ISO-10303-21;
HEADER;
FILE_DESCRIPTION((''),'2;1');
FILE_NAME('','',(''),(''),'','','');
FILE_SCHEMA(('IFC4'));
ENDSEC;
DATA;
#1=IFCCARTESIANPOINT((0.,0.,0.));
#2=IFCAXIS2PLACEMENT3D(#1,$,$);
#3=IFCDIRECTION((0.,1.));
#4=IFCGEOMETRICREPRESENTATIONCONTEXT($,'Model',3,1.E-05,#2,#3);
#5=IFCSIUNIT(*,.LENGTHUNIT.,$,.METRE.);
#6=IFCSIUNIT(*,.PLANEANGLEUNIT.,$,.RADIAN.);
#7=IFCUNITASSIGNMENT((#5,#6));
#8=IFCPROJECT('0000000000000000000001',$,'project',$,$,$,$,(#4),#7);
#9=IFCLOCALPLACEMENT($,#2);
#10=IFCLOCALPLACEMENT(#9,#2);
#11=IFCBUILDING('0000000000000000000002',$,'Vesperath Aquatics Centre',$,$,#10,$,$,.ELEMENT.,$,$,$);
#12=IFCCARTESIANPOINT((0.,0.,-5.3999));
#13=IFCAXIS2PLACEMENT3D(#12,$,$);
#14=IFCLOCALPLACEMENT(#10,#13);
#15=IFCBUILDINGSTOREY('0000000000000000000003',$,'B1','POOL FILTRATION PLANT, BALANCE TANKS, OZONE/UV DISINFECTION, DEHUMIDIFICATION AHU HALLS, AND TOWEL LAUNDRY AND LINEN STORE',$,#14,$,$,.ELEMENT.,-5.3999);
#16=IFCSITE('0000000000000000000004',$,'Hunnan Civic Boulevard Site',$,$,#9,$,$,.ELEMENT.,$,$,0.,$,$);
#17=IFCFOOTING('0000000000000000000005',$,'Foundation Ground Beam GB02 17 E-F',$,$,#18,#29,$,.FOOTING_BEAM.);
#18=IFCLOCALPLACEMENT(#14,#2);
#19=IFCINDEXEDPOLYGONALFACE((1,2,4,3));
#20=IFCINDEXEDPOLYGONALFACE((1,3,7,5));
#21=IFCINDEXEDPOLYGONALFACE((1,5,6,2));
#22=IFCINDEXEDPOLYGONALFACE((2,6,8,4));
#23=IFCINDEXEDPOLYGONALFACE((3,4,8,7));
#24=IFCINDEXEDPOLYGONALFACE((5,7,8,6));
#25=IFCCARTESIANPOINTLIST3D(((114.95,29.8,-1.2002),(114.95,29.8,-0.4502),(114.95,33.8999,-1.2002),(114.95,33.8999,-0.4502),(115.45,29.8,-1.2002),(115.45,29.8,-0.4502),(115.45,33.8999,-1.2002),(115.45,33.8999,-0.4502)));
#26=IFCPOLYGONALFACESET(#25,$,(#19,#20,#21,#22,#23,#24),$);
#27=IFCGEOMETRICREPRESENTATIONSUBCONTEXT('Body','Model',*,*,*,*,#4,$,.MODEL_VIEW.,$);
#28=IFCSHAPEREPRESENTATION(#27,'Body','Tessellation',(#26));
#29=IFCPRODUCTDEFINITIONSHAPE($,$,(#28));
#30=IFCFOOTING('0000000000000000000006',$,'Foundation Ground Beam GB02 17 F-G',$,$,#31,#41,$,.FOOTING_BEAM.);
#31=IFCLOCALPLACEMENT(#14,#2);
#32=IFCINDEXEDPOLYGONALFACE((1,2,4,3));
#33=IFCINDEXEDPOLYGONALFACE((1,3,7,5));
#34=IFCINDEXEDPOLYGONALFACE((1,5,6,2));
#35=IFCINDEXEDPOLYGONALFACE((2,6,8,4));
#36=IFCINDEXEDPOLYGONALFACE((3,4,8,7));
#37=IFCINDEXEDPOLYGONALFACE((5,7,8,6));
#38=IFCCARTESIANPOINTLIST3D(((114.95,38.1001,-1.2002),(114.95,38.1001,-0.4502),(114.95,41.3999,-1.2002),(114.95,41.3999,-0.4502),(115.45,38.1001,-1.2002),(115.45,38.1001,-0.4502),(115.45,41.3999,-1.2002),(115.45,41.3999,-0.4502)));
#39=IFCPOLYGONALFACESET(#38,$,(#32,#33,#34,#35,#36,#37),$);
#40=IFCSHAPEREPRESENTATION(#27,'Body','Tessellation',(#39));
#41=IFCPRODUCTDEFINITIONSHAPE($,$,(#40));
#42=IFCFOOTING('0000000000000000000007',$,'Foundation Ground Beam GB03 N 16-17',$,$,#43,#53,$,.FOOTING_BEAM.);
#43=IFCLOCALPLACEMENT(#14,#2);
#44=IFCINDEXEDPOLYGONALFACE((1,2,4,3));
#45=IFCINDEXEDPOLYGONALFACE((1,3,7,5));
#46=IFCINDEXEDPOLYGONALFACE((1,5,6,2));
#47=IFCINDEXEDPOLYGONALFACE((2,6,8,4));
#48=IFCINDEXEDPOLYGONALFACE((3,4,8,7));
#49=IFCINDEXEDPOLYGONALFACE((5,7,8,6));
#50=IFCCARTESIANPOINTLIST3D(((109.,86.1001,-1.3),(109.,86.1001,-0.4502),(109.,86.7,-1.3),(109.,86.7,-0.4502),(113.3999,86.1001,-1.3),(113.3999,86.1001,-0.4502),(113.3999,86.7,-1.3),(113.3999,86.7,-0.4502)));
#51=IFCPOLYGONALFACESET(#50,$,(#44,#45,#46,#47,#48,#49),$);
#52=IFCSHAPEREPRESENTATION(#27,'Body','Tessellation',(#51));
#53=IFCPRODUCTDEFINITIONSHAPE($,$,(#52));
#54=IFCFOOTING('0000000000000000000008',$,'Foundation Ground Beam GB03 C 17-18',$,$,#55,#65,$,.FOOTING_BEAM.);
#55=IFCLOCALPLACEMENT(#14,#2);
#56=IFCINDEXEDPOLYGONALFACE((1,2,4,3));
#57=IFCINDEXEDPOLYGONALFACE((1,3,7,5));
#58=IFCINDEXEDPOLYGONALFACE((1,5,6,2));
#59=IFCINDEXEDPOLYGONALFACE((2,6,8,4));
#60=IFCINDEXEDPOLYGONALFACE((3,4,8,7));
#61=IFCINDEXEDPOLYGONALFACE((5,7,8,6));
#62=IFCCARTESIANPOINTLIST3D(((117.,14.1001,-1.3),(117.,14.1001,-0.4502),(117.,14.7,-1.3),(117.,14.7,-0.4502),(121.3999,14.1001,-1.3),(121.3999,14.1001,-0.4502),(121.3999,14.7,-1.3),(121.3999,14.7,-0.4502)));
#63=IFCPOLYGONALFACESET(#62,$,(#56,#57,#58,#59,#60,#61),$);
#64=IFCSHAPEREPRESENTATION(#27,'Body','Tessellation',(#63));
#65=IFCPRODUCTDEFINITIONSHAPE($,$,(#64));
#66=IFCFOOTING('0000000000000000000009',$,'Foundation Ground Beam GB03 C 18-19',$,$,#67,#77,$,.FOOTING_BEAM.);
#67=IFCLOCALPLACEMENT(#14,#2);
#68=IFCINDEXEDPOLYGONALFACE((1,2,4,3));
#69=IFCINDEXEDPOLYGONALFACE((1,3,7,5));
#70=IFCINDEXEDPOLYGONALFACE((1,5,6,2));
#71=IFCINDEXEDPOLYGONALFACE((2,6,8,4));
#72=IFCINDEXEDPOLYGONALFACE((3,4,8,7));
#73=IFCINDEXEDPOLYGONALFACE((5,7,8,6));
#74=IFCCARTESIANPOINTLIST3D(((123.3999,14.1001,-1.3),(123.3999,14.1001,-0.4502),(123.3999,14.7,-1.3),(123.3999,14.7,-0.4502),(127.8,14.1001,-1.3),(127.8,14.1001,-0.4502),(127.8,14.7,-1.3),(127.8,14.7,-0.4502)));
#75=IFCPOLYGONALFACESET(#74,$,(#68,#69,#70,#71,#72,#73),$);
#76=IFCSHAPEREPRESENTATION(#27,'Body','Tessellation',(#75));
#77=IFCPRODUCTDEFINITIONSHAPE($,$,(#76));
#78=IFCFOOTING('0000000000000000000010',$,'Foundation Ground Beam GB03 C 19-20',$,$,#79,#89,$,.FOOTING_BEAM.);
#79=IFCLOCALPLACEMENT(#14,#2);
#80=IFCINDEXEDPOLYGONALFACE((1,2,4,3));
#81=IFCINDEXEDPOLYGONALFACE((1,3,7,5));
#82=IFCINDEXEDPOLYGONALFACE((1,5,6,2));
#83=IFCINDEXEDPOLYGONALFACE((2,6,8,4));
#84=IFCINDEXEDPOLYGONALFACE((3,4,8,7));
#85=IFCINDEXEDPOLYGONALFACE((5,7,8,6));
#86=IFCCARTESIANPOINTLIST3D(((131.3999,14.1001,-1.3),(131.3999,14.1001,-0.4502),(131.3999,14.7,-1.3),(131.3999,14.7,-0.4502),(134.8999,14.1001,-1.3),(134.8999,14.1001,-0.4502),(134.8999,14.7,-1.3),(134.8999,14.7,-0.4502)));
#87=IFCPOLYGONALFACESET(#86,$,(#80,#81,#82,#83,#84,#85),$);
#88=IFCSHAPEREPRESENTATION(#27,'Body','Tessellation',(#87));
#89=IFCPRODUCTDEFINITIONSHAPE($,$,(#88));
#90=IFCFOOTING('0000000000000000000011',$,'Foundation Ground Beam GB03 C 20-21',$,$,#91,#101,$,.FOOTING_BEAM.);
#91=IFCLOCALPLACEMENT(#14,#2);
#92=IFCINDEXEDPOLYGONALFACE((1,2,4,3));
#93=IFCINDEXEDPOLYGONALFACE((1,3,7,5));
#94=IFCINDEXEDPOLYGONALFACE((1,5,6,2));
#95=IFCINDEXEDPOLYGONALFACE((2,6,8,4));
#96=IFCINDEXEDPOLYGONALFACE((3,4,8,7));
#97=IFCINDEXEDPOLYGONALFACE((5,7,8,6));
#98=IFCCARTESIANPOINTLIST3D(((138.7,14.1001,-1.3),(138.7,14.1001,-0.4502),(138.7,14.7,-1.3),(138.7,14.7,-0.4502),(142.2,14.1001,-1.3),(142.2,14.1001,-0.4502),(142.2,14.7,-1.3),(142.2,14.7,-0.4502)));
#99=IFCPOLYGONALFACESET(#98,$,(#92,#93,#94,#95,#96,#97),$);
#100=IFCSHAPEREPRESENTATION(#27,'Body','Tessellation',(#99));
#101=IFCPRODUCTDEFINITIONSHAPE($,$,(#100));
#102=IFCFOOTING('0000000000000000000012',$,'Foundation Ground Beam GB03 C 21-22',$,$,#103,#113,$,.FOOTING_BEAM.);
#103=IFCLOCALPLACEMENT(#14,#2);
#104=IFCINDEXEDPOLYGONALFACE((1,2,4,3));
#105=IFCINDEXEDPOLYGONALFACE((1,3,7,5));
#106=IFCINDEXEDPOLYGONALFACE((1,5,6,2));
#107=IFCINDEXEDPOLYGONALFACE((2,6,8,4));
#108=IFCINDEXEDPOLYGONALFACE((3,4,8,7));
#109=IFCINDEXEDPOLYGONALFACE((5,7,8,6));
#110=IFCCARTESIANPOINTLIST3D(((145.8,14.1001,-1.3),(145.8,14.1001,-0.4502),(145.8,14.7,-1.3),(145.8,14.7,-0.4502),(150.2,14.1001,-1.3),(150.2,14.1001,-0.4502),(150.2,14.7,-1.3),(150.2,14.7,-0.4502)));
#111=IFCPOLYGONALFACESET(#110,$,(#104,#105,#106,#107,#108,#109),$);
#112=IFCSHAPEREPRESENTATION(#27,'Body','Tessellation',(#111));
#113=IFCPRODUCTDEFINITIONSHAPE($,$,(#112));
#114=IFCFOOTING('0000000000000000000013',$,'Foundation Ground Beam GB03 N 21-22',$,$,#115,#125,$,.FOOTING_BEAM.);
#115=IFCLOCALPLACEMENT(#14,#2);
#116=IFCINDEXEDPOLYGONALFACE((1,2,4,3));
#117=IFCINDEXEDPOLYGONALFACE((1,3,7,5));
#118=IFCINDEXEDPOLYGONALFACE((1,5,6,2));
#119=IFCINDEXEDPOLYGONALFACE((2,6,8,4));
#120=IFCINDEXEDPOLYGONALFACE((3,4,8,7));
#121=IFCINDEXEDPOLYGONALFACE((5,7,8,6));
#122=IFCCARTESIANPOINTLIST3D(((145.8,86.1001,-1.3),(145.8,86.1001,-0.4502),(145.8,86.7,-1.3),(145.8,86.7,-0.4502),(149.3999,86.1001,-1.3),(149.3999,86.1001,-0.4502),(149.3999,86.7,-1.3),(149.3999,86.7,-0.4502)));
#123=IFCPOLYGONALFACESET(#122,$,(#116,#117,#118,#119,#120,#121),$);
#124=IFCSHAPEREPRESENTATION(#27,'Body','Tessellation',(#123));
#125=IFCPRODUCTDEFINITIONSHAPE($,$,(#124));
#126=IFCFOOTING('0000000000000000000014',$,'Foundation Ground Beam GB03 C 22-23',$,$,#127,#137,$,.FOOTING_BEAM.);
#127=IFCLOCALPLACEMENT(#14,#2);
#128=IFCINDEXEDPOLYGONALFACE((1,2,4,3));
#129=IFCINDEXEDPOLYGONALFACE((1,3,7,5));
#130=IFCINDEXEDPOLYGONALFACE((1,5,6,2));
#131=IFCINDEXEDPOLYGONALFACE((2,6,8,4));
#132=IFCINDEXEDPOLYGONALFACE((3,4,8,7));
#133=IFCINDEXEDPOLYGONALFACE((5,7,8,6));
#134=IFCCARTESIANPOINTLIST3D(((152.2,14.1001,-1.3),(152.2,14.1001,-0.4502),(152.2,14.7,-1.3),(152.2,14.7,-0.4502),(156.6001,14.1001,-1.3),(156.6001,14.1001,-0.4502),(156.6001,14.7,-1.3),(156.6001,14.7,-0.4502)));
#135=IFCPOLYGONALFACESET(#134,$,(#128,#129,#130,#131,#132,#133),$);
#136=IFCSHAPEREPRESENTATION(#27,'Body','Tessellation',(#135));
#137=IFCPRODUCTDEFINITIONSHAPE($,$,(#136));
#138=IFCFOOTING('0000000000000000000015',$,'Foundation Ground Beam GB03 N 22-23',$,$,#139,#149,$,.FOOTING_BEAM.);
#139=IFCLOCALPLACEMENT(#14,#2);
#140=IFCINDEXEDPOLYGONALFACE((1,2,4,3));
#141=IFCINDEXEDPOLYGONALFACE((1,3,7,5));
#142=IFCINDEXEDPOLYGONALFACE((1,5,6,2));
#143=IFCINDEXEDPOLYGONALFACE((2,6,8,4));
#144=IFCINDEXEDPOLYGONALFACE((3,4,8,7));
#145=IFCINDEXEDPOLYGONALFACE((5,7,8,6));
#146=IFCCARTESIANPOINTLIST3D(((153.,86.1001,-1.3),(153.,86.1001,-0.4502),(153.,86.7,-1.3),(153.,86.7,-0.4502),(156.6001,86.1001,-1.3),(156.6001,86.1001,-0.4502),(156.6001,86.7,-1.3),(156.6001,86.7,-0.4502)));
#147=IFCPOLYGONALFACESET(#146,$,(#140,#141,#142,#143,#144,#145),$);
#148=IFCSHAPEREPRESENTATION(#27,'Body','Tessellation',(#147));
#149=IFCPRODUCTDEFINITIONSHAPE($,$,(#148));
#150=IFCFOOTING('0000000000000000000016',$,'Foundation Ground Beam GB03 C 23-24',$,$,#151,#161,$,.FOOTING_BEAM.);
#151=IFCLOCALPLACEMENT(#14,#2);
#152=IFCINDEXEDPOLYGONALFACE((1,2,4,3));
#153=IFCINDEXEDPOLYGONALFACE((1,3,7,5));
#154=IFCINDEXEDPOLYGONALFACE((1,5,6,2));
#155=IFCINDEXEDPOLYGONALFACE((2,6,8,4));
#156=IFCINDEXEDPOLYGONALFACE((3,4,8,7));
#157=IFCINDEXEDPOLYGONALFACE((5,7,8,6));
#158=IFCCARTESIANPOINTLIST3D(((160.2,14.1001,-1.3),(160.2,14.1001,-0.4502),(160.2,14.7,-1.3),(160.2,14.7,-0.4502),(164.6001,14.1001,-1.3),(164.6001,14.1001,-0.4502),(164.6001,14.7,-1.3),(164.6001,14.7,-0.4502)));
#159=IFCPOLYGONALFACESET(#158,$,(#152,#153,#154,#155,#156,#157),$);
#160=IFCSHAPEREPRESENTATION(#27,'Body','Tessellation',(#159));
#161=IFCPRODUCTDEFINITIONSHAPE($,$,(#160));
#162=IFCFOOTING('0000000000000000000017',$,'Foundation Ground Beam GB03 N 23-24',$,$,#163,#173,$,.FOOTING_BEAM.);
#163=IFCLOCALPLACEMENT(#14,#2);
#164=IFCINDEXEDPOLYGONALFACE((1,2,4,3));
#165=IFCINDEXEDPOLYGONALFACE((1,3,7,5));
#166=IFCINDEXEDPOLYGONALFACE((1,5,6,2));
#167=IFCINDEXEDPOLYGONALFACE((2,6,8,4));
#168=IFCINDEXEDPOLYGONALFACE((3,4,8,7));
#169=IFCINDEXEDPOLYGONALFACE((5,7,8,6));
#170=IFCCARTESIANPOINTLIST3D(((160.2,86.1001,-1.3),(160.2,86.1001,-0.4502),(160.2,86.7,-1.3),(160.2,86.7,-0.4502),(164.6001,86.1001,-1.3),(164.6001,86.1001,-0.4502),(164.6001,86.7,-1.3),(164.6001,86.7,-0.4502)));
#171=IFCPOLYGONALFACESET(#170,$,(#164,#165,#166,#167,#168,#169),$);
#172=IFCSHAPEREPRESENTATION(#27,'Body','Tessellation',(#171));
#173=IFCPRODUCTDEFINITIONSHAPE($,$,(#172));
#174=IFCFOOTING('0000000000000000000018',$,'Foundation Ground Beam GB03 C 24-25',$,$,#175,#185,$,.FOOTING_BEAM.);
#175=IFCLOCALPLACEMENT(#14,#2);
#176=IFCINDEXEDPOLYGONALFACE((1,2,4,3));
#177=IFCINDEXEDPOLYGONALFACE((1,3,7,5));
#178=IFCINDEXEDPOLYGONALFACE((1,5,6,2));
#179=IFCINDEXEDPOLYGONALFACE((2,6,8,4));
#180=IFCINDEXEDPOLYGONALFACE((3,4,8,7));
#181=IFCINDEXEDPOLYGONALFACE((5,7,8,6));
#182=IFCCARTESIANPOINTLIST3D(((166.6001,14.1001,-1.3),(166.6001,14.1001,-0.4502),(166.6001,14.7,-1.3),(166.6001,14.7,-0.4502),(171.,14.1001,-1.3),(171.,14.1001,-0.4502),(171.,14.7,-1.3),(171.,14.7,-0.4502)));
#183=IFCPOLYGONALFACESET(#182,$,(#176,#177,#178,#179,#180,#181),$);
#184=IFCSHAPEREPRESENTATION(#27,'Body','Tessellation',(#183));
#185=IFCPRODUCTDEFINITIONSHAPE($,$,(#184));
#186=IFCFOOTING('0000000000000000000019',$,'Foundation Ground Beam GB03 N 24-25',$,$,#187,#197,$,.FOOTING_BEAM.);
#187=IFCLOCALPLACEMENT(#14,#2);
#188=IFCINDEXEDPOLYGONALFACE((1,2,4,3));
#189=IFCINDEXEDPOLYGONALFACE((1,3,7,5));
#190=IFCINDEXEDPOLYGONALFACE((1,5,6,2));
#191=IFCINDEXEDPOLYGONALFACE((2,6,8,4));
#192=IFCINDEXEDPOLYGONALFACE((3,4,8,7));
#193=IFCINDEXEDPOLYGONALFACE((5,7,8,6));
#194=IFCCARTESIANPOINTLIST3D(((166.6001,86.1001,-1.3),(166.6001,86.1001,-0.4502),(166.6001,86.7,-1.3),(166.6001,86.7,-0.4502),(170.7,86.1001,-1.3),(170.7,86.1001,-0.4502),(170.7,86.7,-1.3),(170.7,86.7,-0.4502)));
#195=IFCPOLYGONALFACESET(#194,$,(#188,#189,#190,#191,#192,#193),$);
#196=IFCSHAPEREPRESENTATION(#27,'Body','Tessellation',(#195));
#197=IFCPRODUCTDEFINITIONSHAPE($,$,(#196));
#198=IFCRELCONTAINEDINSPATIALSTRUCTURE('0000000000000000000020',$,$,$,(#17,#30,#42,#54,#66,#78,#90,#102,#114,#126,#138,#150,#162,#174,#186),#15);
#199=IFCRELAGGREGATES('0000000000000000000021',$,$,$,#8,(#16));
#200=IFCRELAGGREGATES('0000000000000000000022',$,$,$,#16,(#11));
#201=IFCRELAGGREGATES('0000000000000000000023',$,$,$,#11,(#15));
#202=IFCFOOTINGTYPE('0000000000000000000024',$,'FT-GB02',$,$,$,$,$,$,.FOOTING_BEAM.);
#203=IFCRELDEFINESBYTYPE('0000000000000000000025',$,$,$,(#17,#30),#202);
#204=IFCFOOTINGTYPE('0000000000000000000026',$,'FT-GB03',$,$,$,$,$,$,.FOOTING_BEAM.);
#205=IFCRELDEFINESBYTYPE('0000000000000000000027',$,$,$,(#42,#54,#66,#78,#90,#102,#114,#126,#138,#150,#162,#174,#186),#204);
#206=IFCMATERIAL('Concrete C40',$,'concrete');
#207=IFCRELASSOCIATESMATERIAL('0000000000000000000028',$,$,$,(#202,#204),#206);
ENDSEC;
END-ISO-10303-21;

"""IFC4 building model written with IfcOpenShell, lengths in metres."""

from ifc_helpers import new_model, si_unit, direction, frame, origin, place, context, subcontext, project, spatial, polyline, outline, extrude, material, type_object, element, save


model = new_model("IFC4")

# Units and contexts
model_context = context("Model", 3, precision=1e-05, world=origin(), true_north=direction((0.0, 1.0)))
body_context = subcontext(model_context, "Body", "Model", "MODEL_VIEW")
ifc_project = project(units=[si_unit("LENGTHUNIT", "METRE"), si_unit("PLANEANGLEUNIT", "RADIAN")], contexts=[model_context])

# Site, building, storey
site_placement = place(None, origin())
site = spatial("IfcSite", under=ifc_project, at=site_placement, Name="Hunnan Civic Boulevard Site", CompositionType="ELEMENT", RefElevation=0.0)
building_placement = place(site_placement, origin())
building = spatial("IfcBuilding", under=site, at=building_placement, Name="Vesperath Aquatics Centre", CompositionType="ELEMENT")
storey_placement = place(building_placement, frame((0.0, 0.0, -5.3999)))
storey = spatial("IfcBuildingStorey", under=building, at=storey_placement, Name="B1", Description="POOL FILTRATION PLANT, BALANCE TANKS, OZONE/UV DISINFECTION, DEHUMIDIFICATION AHU HALLS, AND TOWEL LAUNDRY AND LINEN STORE", CompositionType="ELEMENT", Elevation=-5.3999)

# Footings
ifc_material = material(Name="Concrete C40", Category="concrete")
footing_type_1 = type_object("IfcFootingType", Name="FT-GB02", PredefinedType="FOOTING_BEAM", material=ifc_material)
footing_1_placement = place(storey_placement, frame((0.0, 0.0, -1.2002)))
element("IfcFooting", 1, at=footing_1_placement, inside=storey, type_object=footing_type_1, Name="Foundation Ground Beam GB02 17 E-F", PredefinedType="FOOTING_BEAM", context=body_context, shape_type="SweptSolid", body=[
    extrude(outline(polyline([(114.95, 29.8), (115.45, 29.8), (115.45, 33.8999), (114.95, 33.8999), (114.95, 29.8)])), origin(), (0.0, 0.0, 1.0), 0.75),
])
footing_2_placement = place(storey_placement, frame((0.0, 0.0, -1.2002)))
element("IfcFooting", 2, at=footing_2_placement, inside=storey, type_object=footing_type_1, Name="Foundation Ground Beam GB02 17 F-G", PredefinedType="FOOTING_BEAM", context=body_context, shape_type="SweptSolid", body=[
    extrude(outline(polyline([(114.95, 38.1001), (115.45, 38.1001), (115.45, 41.3999), (114.95, 41.3999), (114.95, 38.1001)])), origin(), (0.0, 0.0, 1.0), 0.75),
])
footing_type_2 = type_object("IfcFootingType", Name="FT-GB03", PredefinedType="FOOTING_BEAM", material=ifc_material)
footing_3_placement = place(storey_placement, frame((0.0, 0.0, -1.3)))
element("IfcFooting", 3, at=footing_3_placement, inside=storey, type_object=footing_type_2, Name="Foundation Ground Beam GB03 N 16-17", PredefinedType="FOOTING_BEAM", context=body_context, shape_type="SweptSolid", body=[
    extrude(outline(polyline([(109.0, 86.1001), (113.3999, 86.1001), (113.3999, 86.7), (109.0, 86.7), (109.0, 86.1001)])), origin(), (0.0, 0.0, 1.0), 0.8499),
])
footing_4_placement = place(storey_placement, frame((0.0, 0.0, -1.3)))
element("IfcFooting", 4, at=footing_4_placement, inside=storey, type_object=footing_type_2, Name="Foundation Ground Beam GB03 C 17-18", PredefinedType="FOOTING_BEAM", context=body_context, shape_type="SweptSolid", body=[
    extrude(outline(polyline([(117.0, 14.1001), (121.3999, 14.1001), (121.3999, 14.7), (117.0, 14.7), (117.0, 14.1001)])), origin(), (0.0, 0.0, 1.0), 0.8499),
])
footing_5_placement = place(storey_placement, frame((0.0, 0.0, -1.3)))
element("IfcFooting", 5, at=footing_5_placement, inside=storey, type_object=footing_type_2, Name="Foundation Ground Beam GB03 C 18-19", PredefinedType="FOOTING_BEAM", context=body_context, shape_type="SweptSolid", body=[
    extrude(outline(polyline([(123.3999, 14.1001), (127.8, 14.1001), (127.8, 14.7), (123.3999, 14.7), (123.3999, 14.1001)])), origin(), (0.0, 0.0, 1.0), 0.8499),
])
footing_6_placement = place(storey_placement, frame((0.0, 0.0, -1.3)))
element("IfcFooting", 6, at=footing_6_placement, inside=storey, type_object=footing_type_2, Name="Foundation Ground Beam GB03 C 19-20", PredefinedType="FOOTING_BEAM", context=body_context, shape_type="SweptSolid", body=[
    extrude(outline(polyline([(131.3999, 14.1001), (134.8999, 14.1001), (134.8999, 14.7), (131.3999, 14.7), (131.3999, 14.1001)])), origin(), (0.0, 0.0, 1.0), 0.8499),
])
footing_7_placement = place(storey_placement, frame((0.0, 0.0, -1.3)))
element("IfcFooting", 7, at=footing_7_placement, inside=storey, type_object=footing_type_2, Name="Foundation Ground Beam GB03 C 20-21", PredefinedType="FOOTING_BEAM", context=body_context, shape_type="SweptSolid", body=[
    extrude(outline(polyline([(138.7, 14.1001), (142.2, 14.1001), (142.2, 14.7), (138.7, 14.7), (138.7, 14.1001)])), origin(), (0.0, 0.0, 1.0), 0.8499),
])
footing_8_placement = place(storey_placement, frame((0.0, 0.0, -1.3)))
element("IfcFooting", 8, at=footing_8_placement, inside=storey, type_object=footing_type_2, Name="Foundation Ground Beam GB03 C 21-22", PredefinedType="FOOTING_BEAM", context=body_context, shape_type="SweptSolid", body=[
    extrude(outline(polyline([(145.8, 14.1001), (150.2, 14.1001), (150.2, 14.7), (145.8, 14.7), (145.8, 14.1001)])), origin(), (0.0, 0.0, 1.0), 0.8499),
])
footing_9_placement = place(storey_placement, frame((0.0, 0.0, -1.3)))
element("IfcFooting", 9, at=footing_9_placement, inside=storey, type_object=footing_type_2, Name="Foundation Ground Beam GB03 N 21-22", PredefinedType="FOOTING_BEAM", context=body_context, shape_type="SweptSolid", body=[
    extrude(outline(polyline([(145.8, 86.1001), (149.3999, 86.1001), (149.3999, 86.7), (145.8, 86.7), (145.8, 86.1001)])), origin(), (0.0, 0.0, 1.0), 0.8499),
])
footing_10_placement = place(storey_placement, frame((0.0, 0.0, -1.3)))
element("IfcFooting", 10, at=footing_10_placement, inside=storey, type_object=footing_type_2, Name="Foundation Ground Beam GB03 C 22-23", PredefinedType="FOOTING_BEAM", context=body_context, shape_type="SweptSolid", body=[
    extrude(outline(polyline([(152.2, 14.1001), (156.6001, 14.1001), (156.6001, 14.7), (152.2, 14.7), (152.2, 14.1001)])), origin(), (0.0, 0.0, 1.0), 0.8499),
])
footing_11_placement = place(storey_placement, frame((0.0, 0.0, -1.3)))
element("IfcFooting", 11, at=footing_11_placement, inside=storey, type_object=footing_type_2, Name="Foundation Ground Beam GB03 N 22-23", PredefinedType="FOOTING_BEAM", context=body_context, shape_type="SweptSolid", body=[
    extrude(outline(polyline([(153.0, 86.1001), (156.6001, 86.1001), (156.6001, 86.7), (153.0, 86.7), (153.0, 86.1001)])), origin(), (0.0, 0.0, 1.0), 0.8499),
])
footing_12_placement = place(storey_placement, frame((0.0, 0.0, -1.3)))
element("IfcFooting", 12, at=footing_12_placement, inside=storey, type_object=footing_type_2, Name="Foundation Ground Beam GB03 C 23-24", PredefinedType="FOOTING_BEAM", context=body_context, shape_type="SweptSolid", body=[
    extrude(outline(polyline([(160.2, 14.1001), (164.6001, 14.1001), (164.6001, 14.7), (160.2, 14.7), (160.2, 14.1001)])), origin(), (0.0, 0.0, 1.0), 0.8499),
])
footing_13_placement = place(storey_placement, frame((0.0, 0.0, -1.3)))
element("IfcFooting", 13, at=footing_13_placement, inside=storey, type_object=footing_type_2, Name="Foundation Ground Beam GB03 N 23-24", PredefinedType="FOOTING_BEAM", context=body_context, shape_type="SweptSolid", body=[
    extrude(outline(polyline([(160.2, 86.1001), (164.6001, 86.1001), (164.6001, 86.7), (160.2, 86.7), (160.2, 86.1001)])), origin(), (0.0, 0.0, 1.0), 0.8499),
])
footing_14_placement = place(storey_placement, frame((0.0, 0.0, -1.3)))
element("IfcFooting", 14, at=footing_14_placement, inside=storey, type_object=footing_type_2, Name="Foundation Ground Beam GB03 C 24-25", PredefinedType="FOOTING_BEAM", context=body_context, shape_type="SweptSolid", body=[
    extrude(outline(polyline([(166.6001, 14.1001), (171.0, 14.1001), (171.0, 14.7), (166.6001, 14.7), (166.6001, 14.1001)])), origin(), (0.0, 0.0, 1.0), 0.8499),
])
footing_15_placement = place(storey_placement, frame((0.0, 0.0, -1.3)))
element("IfcFooting", 15, at=footing_15_placement, inside=storey, type_object=footing_type_2, Name="Foundation Ground Beam GB03 N 24-25", PredefinedType="FOOTING_BEAM", context=body_context, shape_type="SweptSolid", body=[
    extrude(outline(polyline([(166.6001, 86.1001), (170.7, 86.1001), (170.7, 86.7), (166.6001, 86.7), (166.6001, 86.1001)])), origin(), (0.0, 0.0, 1.0), 0.8499),
])

save(model, "model.ifc")
